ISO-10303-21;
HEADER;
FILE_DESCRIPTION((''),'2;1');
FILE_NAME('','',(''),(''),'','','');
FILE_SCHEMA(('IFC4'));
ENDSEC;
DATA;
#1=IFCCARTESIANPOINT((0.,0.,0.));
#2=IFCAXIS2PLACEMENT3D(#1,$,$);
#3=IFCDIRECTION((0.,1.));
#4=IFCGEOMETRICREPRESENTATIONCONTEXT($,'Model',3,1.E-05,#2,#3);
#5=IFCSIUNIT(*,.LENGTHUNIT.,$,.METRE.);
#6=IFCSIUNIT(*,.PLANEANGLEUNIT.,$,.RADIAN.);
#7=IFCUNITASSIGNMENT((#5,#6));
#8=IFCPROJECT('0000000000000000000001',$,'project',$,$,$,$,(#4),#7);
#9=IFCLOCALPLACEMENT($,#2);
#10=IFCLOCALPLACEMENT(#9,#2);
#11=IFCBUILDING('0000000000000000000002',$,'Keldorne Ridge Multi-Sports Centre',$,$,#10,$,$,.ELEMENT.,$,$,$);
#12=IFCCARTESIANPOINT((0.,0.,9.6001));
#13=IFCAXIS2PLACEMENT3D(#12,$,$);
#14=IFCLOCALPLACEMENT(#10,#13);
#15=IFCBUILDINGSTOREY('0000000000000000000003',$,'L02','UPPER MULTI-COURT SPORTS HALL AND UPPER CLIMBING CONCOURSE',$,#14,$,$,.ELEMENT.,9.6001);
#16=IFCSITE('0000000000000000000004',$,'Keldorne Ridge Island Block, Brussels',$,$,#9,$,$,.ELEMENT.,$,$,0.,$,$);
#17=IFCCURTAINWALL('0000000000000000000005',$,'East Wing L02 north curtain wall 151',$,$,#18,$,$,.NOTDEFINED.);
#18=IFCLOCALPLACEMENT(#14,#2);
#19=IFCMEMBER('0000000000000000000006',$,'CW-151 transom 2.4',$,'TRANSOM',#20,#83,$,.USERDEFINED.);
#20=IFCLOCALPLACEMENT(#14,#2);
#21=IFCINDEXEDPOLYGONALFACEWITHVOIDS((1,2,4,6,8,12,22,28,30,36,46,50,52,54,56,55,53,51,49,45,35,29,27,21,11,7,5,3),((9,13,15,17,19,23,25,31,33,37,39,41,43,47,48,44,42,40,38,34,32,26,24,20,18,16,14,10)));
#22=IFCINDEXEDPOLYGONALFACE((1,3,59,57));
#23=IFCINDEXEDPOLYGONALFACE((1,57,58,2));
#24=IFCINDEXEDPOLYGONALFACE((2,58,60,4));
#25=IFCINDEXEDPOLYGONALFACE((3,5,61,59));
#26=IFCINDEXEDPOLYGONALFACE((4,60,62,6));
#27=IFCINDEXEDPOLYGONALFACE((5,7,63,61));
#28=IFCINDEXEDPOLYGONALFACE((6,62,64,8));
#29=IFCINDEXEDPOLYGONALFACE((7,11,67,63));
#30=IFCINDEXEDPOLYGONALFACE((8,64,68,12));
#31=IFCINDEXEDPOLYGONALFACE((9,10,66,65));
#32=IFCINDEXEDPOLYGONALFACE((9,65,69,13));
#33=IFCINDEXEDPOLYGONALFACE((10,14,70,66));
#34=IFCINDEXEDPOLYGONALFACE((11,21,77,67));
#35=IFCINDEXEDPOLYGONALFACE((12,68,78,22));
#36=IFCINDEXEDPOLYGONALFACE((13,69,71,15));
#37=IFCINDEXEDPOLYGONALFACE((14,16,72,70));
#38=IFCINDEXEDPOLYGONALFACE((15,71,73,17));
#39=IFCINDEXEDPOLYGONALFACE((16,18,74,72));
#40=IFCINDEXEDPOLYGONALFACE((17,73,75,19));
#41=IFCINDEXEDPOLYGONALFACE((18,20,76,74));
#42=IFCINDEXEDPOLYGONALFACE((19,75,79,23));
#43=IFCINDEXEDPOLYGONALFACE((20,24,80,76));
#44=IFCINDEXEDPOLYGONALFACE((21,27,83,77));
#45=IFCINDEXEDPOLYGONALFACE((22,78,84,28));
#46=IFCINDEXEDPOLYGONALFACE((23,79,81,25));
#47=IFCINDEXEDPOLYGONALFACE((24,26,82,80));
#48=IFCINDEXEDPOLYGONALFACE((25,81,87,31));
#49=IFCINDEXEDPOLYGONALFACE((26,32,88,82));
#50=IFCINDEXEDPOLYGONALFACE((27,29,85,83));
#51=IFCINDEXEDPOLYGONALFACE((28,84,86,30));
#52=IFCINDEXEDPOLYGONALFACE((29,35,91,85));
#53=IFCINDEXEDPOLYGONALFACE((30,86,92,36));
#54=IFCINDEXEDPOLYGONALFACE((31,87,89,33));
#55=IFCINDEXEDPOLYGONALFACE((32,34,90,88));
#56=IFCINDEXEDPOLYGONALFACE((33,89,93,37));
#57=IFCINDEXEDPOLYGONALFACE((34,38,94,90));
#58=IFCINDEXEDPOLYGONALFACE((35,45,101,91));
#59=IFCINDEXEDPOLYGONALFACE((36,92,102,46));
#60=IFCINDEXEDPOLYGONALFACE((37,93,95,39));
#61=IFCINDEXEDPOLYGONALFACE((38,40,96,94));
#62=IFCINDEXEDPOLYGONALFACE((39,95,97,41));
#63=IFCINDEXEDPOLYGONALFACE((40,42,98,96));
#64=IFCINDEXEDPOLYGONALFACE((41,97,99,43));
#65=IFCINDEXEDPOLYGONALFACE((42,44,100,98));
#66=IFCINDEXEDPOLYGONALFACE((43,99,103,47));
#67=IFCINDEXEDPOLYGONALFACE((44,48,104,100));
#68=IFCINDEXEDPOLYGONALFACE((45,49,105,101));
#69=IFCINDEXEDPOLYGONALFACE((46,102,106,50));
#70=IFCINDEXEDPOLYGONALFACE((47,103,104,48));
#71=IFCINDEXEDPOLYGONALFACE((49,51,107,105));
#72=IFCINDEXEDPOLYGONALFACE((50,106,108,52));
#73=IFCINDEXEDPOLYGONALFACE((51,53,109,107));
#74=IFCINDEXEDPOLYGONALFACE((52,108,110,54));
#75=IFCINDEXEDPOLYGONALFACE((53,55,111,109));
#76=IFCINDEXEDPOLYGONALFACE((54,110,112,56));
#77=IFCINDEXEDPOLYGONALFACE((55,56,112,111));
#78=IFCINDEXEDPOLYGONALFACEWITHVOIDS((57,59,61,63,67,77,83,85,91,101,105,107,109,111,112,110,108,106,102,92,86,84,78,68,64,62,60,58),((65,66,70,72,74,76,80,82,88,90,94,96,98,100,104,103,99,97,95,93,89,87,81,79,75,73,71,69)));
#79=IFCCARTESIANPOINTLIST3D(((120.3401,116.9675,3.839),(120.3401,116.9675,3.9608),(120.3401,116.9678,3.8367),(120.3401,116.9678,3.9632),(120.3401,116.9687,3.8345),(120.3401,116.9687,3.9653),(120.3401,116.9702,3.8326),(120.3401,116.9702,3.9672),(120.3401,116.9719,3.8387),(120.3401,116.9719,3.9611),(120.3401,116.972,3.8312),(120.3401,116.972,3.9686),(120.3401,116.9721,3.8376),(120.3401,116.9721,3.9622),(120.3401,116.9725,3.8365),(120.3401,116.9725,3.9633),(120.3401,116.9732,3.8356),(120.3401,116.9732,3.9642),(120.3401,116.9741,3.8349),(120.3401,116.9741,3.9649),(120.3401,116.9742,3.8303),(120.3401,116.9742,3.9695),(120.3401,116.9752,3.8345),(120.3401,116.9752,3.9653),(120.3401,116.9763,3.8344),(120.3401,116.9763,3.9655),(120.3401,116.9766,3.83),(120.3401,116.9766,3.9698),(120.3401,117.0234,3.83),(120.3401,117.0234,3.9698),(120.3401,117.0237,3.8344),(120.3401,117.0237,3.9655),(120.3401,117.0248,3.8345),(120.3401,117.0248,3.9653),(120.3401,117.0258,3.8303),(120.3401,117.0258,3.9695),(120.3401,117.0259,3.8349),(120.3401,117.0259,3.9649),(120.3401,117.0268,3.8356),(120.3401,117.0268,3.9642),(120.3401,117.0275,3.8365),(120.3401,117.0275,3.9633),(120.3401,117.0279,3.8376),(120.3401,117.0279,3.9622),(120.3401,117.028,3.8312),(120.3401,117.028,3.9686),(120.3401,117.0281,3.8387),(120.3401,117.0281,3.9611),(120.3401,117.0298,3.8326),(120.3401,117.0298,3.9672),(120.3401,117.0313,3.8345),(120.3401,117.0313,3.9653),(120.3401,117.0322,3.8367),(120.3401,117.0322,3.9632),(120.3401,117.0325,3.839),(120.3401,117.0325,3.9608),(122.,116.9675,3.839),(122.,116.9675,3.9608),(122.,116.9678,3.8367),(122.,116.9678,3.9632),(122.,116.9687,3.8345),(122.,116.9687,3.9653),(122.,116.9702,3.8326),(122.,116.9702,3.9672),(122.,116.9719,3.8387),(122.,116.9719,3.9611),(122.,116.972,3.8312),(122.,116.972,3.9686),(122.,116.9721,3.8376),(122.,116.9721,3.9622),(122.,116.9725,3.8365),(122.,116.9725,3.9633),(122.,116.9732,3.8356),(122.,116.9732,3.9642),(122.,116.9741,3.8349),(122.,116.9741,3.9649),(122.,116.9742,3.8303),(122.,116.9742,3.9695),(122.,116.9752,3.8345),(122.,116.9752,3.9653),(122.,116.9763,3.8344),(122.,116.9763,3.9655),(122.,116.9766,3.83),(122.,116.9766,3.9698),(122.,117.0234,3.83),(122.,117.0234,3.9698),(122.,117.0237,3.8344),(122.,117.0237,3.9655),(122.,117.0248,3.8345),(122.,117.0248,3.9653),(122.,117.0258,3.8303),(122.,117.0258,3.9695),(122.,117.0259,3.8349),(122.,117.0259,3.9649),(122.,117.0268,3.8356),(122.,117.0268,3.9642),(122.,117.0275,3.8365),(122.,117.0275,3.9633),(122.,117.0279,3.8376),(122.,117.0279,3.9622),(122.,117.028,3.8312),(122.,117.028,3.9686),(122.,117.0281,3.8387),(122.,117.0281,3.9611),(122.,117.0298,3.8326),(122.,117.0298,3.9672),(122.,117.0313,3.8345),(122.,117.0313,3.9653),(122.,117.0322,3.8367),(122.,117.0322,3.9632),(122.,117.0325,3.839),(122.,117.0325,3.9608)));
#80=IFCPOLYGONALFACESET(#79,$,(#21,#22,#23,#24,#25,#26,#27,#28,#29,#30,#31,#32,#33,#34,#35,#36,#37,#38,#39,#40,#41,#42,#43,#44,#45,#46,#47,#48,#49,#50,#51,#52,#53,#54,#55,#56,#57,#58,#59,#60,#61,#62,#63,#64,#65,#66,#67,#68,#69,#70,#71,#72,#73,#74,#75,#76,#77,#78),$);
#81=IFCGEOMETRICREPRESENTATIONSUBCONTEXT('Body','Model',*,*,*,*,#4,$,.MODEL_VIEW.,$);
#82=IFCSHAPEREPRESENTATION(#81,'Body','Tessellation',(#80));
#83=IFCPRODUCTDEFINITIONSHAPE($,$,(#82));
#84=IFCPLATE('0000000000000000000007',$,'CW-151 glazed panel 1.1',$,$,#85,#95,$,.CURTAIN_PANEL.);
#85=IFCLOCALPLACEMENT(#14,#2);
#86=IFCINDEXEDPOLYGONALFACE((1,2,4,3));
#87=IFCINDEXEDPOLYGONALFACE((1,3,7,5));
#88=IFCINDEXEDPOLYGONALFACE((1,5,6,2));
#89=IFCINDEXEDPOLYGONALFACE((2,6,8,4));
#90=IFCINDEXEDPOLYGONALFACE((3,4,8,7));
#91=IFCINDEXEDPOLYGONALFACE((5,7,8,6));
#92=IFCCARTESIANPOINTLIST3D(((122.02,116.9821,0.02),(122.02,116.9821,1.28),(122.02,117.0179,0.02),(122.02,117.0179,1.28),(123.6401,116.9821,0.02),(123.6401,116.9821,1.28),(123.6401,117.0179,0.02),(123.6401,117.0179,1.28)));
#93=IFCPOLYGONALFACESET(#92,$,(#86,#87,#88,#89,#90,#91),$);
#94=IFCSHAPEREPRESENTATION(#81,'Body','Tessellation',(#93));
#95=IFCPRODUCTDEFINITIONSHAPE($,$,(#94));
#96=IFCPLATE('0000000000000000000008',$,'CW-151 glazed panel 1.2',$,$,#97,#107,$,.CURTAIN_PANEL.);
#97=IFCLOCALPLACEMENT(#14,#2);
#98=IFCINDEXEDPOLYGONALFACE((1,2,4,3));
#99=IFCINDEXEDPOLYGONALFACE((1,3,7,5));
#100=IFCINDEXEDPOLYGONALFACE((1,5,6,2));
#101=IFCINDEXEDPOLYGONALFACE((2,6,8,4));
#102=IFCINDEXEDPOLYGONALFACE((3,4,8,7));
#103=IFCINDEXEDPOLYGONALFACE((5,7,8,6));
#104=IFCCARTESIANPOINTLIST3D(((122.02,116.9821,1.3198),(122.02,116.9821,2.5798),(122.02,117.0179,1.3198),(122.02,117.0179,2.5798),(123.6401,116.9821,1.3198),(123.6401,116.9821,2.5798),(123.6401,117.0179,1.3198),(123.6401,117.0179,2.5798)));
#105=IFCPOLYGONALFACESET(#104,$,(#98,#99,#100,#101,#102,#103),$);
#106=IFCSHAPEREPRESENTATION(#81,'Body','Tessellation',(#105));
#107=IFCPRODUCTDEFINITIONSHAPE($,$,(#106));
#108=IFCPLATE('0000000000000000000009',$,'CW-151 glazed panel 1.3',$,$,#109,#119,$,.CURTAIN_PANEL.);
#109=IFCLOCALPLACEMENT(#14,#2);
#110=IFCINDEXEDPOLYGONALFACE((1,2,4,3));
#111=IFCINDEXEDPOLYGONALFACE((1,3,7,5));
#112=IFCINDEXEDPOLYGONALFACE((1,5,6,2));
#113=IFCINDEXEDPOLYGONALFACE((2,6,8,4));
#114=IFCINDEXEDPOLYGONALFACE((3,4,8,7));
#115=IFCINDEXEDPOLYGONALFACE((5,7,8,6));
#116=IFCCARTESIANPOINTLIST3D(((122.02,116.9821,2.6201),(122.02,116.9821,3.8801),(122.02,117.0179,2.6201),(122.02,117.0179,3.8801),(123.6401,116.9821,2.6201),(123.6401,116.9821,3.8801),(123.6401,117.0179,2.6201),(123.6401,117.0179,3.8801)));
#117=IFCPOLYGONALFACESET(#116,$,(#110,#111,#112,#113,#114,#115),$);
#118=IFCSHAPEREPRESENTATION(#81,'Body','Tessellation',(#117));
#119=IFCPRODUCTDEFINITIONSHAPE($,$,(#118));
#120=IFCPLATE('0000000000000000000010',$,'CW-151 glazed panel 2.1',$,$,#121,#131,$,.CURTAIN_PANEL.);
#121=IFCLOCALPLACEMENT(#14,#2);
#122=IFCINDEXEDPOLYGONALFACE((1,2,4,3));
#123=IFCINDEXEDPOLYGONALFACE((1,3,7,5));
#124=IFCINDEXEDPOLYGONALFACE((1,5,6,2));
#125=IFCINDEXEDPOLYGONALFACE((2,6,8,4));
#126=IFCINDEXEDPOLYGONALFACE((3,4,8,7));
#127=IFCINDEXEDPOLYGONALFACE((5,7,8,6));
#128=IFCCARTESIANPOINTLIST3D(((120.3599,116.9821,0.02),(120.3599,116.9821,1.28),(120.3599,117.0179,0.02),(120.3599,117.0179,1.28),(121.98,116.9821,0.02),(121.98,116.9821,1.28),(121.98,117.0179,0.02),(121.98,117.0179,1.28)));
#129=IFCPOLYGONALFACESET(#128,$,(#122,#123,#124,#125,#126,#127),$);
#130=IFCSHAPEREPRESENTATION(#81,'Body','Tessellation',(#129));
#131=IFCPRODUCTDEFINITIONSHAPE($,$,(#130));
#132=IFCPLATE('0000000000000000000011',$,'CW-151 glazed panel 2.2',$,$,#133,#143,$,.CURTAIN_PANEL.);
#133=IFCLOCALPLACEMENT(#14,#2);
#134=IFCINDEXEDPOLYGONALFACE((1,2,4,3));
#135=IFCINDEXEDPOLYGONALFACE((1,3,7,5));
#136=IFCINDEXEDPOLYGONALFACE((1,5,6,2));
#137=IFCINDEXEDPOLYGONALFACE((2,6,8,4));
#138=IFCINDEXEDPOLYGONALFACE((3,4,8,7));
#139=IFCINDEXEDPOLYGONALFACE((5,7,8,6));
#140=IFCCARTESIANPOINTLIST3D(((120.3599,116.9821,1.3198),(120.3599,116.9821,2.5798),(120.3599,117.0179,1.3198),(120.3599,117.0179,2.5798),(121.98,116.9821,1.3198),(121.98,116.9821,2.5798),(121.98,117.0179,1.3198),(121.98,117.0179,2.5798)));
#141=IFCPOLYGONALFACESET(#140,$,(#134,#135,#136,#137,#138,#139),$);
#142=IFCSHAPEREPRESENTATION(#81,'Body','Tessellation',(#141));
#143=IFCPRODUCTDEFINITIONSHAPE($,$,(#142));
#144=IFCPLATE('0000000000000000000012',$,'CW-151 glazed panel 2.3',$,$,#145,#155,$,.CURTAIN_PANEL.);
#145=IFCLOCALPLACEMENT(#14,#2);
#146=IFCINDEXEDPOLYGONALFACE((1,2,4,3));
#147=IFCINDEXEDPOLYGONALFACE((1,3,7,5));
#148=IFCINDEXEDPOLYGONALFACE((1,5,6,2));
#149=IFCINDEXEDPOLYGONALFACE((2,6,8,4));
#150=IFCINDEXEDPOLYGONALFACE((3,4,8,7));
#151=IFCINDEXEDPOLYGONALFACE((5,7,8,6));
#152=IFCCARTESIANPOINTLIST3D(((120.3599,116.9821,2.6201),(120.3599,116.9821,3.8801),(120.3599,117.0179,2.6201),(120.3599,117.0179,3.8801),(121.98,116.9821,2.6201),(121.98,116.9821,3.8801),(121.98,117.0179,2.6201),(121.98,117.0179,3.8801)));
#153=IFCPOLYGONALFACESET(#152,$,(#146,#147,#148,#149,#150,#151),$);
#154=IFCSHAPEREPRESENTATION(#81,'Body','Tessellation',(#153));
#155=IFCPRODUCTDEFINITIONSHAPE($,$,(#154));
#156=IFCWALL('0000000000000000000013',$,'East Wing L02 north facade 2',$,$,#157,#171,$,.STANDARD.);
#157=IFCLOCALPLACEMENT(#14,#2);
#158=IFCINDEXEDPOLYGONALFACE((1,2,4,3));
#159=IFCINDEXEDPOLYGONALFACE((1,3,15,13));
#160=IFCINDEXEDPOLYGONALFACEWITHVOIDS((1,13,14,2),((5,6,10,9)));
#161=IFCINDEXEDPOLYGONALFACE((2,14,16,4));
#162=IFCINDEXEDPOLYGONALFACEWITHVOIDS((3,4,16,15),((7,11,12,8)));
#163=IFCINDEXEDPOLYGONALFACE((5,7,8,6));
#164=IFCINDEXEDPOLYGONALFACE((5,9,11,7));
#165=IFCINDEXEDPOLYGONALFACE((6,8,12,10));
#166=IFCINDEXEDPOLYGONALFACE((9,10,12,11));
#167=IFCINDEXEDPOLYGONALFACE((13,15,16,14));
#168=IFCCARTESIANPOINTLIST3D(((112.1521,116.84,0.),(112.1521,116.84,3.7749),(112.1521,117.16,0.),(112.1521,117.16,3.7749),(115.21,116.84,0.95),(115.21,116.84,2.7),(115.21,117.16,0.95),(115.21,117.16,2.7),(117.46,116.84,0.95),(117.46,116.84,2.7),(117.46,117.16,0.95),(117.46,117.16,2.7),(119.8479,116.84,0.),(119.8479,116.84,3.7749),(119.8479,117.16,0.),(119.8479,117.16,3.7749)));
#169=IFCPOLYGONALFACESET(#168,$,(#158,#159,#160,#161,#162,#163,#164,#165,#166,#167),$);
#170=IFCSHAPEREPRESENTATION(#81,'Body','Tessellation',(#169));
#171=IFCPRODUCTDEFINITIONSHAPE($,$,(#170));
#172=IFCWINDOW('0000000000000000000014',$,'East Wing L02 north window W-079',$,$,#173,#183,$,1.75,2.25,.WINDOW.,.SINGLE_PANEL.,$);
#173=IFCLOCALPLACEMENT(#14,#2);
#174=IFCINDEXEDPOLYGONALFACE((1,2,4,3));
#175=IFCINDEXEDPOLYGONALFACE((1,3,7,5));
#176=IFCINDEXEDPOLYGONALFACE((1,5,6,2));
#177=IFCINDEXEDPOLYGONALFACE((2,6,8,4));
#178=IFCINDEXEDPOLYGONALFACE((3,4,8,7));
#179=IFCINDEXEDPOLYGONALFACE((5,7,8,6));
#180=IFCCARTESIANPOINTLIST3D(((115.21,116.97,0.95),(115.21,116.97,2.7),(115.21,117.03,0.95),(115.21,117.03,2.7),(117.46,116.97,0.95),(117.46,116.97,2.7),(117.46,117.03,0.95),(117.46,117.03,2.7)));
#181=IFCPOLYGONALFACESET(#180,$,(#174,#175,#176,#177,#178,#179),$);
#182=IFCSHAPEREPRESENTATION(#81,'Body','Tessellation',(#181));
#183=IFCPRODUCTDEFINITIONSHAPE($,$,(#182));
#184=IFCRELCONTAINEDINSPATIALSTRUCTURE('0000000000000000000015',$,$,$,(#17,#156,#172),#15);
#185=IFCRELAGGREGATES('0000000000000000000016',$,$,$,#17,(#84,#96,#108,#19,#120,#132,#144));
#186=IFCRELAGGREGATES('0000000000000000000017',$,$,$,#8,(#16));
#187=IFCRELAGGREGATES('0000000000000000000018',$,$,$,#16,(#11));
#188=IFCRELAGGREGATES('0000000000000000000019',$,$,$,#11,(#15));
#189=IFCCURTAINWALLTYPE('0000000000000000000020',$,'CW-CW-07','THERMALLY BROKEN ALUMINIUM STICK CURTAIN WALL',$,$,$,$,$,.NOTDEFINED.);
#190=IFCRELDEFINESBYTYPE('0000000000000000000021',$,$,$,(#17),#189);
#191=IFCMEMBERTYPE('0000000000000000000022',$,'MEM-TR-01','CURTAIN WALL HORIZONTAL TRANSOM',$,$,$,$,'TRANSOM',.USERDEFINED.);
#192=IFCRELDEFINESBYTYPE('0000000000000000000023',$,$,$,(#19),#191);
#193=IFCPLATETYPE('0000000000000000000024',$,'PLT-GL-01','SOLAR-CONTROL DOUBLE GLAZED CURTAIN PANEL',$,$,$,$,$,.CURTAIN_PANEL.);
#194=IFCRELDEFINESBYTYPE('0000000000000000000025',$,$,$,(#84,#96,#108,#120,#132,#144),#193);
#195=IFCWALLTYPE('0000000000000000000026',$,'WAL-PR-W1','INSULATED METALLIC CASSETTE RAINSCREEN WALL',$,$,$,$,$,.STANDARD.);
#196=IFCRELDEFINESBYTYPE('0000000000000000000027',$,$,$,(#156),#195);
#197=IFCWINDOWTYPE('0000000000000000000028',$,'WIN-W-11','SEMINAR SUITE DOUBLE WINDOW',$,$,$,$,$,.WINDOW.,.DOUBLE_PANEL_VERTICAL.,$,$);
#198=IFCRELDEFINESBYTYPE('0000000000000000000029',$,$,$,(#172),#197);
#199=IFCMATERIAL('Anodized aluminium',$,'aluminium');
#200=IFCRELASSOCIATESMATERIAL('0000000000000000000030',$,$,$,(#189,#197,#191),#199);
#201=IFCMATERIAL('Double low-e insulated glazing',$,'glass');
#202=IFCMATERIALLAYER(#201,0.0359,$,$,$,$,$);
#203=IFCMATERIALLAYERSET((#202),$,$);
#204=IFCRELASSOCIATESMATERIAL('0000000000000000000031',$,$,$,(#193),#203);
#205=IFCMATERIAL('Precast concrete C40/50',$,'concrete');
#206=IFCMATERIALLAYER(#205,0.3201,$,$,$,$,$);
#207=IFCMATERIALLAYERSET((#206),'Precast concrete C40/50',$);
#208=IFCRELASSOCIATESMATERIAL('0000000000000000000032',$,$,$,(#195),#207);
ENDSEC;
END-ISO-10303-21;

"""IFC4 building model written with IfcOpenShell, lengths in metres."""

from ifc_helpers import new_model, si_unit, direction, frame, frame_2d, origin, origin_2d, place, context, subcontext, project, spatial, rectangle, hollow_rectangle, extrude, material, layer, layer_set, material_profile, profile_set, type_object, element, fill, aggregate, save


model = new_model("IFC4")

# Units and contexts
model_context = context("Model", 3, precision=1e-05, world=origin(), true_north=direction((0.0, 1.0)))
body_context = subcontext(model_context, "Body", "Model", "MODEL_VIEW")
ifc_project = project(units=[si_unit("LENGTHUNIT", "METRE"), si_unit("PLANEANGLEUNIT", "RADIAN")], contexts=[model_context])

# Site, building, storey
site_placement = place(None, origin())
site = spatial("IfcSite", under=ifc_project, at=site_placement, Name="Keldorne Ridge Island Block, Brussels", CompositionType="ELEMENT", RefElevation=0.0)
building_placement = place(site_placement, origin())
building = spatial("IfcBuilding", under=site, at=building_placement, Name="Keldorne Ridge Multi-Sports Centre", CompositionType="ELEMENT")
storey_placement = place(building_placement, frame((0.0, 0.0, 9.6001)))
storey = spatial("IfcBuildingStorey", under=building, at=storey_placement, Name="L02", Description="UPPER MULTI-COURT SPORTS HALL AND UPPER CLIMBING CONCOURSE", CompositionType="ELEMENT", Elevation=9.6001)

# Curtain wall, member, plates
ifc_material_1 = material(Name="Anodized aluminium", Category="aluminium")
curtain_wall_type = type_object("IfcCurtainWallType", Name="CW-CW-07", Description="THERMALLY BROKEN ALUMINIUM STICK CURTAIN WALL", PredefinedType="NOTDEFINED", material=ifc_material_1)
curtain_wall_placement = place(storey_placement, origin())
curtain_wall = element("IfcCurtainWall", 1, at=curtain_wall_placement, inside=storey, type_object=curtain_wall_type, Name="East Wing L02 north curtain wall 151", PredefinedType="NOTDEFINED")
ifc_material_profile_1 = material_profile(ifc_material_1, hollow_rectangle(XDim=0.0649, YDim=0.1399, WallThickness=0.0044, InnerFilletRadius=0.0044, OuterFilletRadius=0.009, at=origin_2d()), Name="ALU TRANSOM 140x65x4.5")
ifc_profile_set_1 = profile_set([ifc_material_profile_1], Name="Anodized aluminium")
member_type_1 = type_object("IfcMemberType", Name="MEM-TR-01", Description="CURTAIN WALL HORIZONTAL TRANSOM", ElementType="TRANSOM", PredefinedType="USERDEFINED", material=ifc_profile_set_1)
member_1_placement = place(storey_placement, frame((122.0, 117.0, 3.8999), z_axis=(-1.0, 0.0, 0.0), x_axis=(0.0, -1.0, 0.0)))
member_1 = element("IfcMember", 2, at=member_1_placement, type_object=member_type_1, Name="CW-151 transom 2.4", ObjectType="TRANSOM", PredefinedType="USERDEFINED", context=body_context, shape_type="SweptSolid", body=[
    extrude(hollow_rectangle(XDim=0.0649, YDim=0.1399, WallThickness=0.0044, InnerFilletRadius=0.0044, OuterFilletRadius=0.009, at=origin_2d()), origin(), (0.0, 0.0, 1.0), 1.6599),
])
ifc_material_2 = material(Name="Double low-e insulated glazing", Category="glass")
ifc_layer_1 = layer(ifc_material_2, 0.0359)
ifc_layer_set_1 = layer_set([ifc_layer_1])
plate_type = type_object("IfcPlateType", Name="PLT-GL-01", Description="SOLAR-CONTROL DOUBLE GLAZED CURTAIN PANEL", PredefinedType="CURTAIN_PANEL", material=ifc_layer_set_1)
plate_1_placement = place(storey_placement, frame((122.8301, 117.0, 0.02), z_axis=(0.0, 0.0, 1.0), x_axis=(-1.0, 0.0, 0.0)))
plate_1 = element("IfcPlate", 3, at=plate_1_placement, type_object=plate_type, Name="CW-151 glazed panel 1.1", PredefinedType="CURTAIN_PANEL", context=body_context, shape_type="SweptSolid", body=[
    extrude(rectangle(XDim=1.6201, YDim=0.0359, at=origin_2d()), origin(), (0.0, 0.0, 1.0), 1.26),
])
plate_2_placement = place(storey_placement, frame((122.8301, 117.0, 1.3198), z_axis=(0.0, 0.0, 1.0), x_axis=(-1.0, 0.0, 0.0)))
plate_2 = element("IfcPlate", 4, at=plate_2_placement, type_object=plate_type, Name="CW-151 glazed panel 1.2", PredefinedType="CURTAIN_PANEL", context=body_context, shape_type="SweptSolid", body=[
    extrude(rectangle(XDim=1.6201, YDim=0.0359, at=origin_2d()), origin(), (0.0, 0.0, 1.0), 1.26),
])
plate_3_placement = place(storey_placement, frame((122.8301, 117.0, 2.6201), z_axis=(0.0, 0.0, 1.0), x_axis=(-1.0, 0.0, 0.0)))
plate_3 = element("IfcPlate", 5, at=plate_3_placement, type_object=plate_type, Name="CW-151 glazed panel 1.3", PredefinedType="CURTAIN_PANEL", context=body_context, shape_type="SweptSolid", body=[
    extrude(rectangle(XDim=1.6201, YDim=0.0359, at=origin_2d()), origin(), (0.0, 0.0, 1.0), 1.26),
])
plate_4_placement = place(storey_placement, frame((121.1699, 117.0, 0.02), z_axis=(0.0, 0.0, 1.0), x_axis=(-1.0, 0.0, 0.0)))
plate_4 = element("IfcPlate", 6, at=plate_4_placement, type_object=plate_type, Name="CW-151 glazed panel 2.1", PredefinedType="CURTAIN_PANEL", context=body_context, shape_type="SweptSolid", body=[
    extrude(rectangle(XDim=1.6201, YDim=0.0359, at=origin_2d()), origin(), (0.0, 0.0, 1.0), 1.26),
])
plate_5_placement = place(storey_placement, frame((121.1699, 117.0, 1.3198), z_axis=(0.0, 0.0, 1.0), x_axis=(-1.0, 0.0, 0.0)))
plate_5 = element("IfcPlate", 7, at=plate_5_placement, type_object=plate_type, Name="CW-151 glazed panel 2.2", PredefinedType="CURTAIN_PANEL", context=body_context, shape_type="SweptSolid", body=[
    extrude(rectangle(XDim=1.6201, YDim=0.0359, at=origin_2d()), origin(), (0.0, 0.0, 1.0), 1.26),
])
plate_6_placement = place(storey_placement, frame((121.1699, 117.0, 2.6201), z_axis=(0.0, 0.0, 1.0), x_axis=(-1.0, 0.0, 0.0)))
plate_6 = element("IfcPlate", 8, at=plate_6_placement, type_object=plate_type, Name="CW-151 glazed panel 2.3", PredefinedType="CURTAIN_PANEL", context=body_context, shape_type="SweptSolid", body=[
    extrude(rectangle(XDim=1.6201, YDim=0.0359, at=origin_2d()), origin(), (0.0, 0.0, 1.0), 1.26),
])
aggregate(curtain_wall, [plate_1, plate_2, plate_3, member_1, plate_4, plate_5, plate_6])

# Wall, opening, window
ifc_material_3 = material(Name="Precast concrete C40/50", Category="concrete")
ifc_layer_2 = layer(ifc_material_3, 0.3201)
ifc_layer_set_2 = layer_set([ifc_layer_2], Name="Precast concrete C40/50")
wall_type = type_object("IfcWallType", Name="WAL-PR-W1", Description="INSULATED METALLIC CASSETTE RAINSCREEN WALL", PredefinedType="STANDARD", material=ifc_layer_set_2)
wall_1_placement = place(storey_placement, frame((119.8479, 117.0, 0.0), z_axis=(0.0, 0.0, 1.0), x_axis=(-1.0, 0.0, 0.0)))
wall_1 = element("IfcWall", 9, at=wall_1_placement, inside=storey, type_object=wall_type, Name="East Wing L02 north facade 2", PredefinedType="STANDARD", context=body_context, shape_type="SweptSolid", body=[
    extrude(rectangle(XDim=7.6958, YDim=0.3201, at=frame_2d((3.8479, 0.0))), origin(), (0.0, 0.0, 1.0), 3.7749),
])
opening_1_placement = place(wall_1_placement, frame((2.3879, 0.0, 0.95)))
opening_1 = element("IfcOpeningElement", 10, at=opening_1_placement, cuts=wall_1, PredefinedType="OPENING", context=body_context, shape_type="SweptSolid", body=[
    extrude(rectangle(XDim=2.25, YDim=1.75, at=frame_2d((1.125, 0.875))), frame((0.0, 0.1699, 0.0), z_axis=(0.0, -1.0, 0.0), x_axis=(1.0, 0.0, 0.0)), (0.0, 0.0, 1.0), 0.3401),
])
window_type_1 = type_object("IfcWindowType", Name="WIN-W-11", Description="SEMINAR SUITE DOUBLE WINDOW", PartitioningType="DOUBLE_PANEL_VERTICAL", PredefinedType="WINDOW", material=ifc_material_1)
window_1_placement = place(opening_1_placement, origin())
window_1 = element("IfcWindow", 11, at=window_1_placement, inside=storey, type_object=window_type_1, Name="East Wing L02 north window W-079", OverallHeight=1.75, OverallWidth=2.25, PartitioningType="SINGLE_PANEL", PredefinedType="WINDOW", context=body_context, shape_type="SweptSolid", body=[
    extrude(rectangle(XDim=2.25, YDim=1.75, at=frame_2d((1.125, 0.875))), frame((0.0, 0.03, 0.0), z_axis=(0.0, -1.0, 0.0), x_axis=(1.0, 0.0, 0.0)), (0.0, 0.0, 1.0), 0.0601),
])
fill(opening_1, window_1)

save(model, "model.ifc")
